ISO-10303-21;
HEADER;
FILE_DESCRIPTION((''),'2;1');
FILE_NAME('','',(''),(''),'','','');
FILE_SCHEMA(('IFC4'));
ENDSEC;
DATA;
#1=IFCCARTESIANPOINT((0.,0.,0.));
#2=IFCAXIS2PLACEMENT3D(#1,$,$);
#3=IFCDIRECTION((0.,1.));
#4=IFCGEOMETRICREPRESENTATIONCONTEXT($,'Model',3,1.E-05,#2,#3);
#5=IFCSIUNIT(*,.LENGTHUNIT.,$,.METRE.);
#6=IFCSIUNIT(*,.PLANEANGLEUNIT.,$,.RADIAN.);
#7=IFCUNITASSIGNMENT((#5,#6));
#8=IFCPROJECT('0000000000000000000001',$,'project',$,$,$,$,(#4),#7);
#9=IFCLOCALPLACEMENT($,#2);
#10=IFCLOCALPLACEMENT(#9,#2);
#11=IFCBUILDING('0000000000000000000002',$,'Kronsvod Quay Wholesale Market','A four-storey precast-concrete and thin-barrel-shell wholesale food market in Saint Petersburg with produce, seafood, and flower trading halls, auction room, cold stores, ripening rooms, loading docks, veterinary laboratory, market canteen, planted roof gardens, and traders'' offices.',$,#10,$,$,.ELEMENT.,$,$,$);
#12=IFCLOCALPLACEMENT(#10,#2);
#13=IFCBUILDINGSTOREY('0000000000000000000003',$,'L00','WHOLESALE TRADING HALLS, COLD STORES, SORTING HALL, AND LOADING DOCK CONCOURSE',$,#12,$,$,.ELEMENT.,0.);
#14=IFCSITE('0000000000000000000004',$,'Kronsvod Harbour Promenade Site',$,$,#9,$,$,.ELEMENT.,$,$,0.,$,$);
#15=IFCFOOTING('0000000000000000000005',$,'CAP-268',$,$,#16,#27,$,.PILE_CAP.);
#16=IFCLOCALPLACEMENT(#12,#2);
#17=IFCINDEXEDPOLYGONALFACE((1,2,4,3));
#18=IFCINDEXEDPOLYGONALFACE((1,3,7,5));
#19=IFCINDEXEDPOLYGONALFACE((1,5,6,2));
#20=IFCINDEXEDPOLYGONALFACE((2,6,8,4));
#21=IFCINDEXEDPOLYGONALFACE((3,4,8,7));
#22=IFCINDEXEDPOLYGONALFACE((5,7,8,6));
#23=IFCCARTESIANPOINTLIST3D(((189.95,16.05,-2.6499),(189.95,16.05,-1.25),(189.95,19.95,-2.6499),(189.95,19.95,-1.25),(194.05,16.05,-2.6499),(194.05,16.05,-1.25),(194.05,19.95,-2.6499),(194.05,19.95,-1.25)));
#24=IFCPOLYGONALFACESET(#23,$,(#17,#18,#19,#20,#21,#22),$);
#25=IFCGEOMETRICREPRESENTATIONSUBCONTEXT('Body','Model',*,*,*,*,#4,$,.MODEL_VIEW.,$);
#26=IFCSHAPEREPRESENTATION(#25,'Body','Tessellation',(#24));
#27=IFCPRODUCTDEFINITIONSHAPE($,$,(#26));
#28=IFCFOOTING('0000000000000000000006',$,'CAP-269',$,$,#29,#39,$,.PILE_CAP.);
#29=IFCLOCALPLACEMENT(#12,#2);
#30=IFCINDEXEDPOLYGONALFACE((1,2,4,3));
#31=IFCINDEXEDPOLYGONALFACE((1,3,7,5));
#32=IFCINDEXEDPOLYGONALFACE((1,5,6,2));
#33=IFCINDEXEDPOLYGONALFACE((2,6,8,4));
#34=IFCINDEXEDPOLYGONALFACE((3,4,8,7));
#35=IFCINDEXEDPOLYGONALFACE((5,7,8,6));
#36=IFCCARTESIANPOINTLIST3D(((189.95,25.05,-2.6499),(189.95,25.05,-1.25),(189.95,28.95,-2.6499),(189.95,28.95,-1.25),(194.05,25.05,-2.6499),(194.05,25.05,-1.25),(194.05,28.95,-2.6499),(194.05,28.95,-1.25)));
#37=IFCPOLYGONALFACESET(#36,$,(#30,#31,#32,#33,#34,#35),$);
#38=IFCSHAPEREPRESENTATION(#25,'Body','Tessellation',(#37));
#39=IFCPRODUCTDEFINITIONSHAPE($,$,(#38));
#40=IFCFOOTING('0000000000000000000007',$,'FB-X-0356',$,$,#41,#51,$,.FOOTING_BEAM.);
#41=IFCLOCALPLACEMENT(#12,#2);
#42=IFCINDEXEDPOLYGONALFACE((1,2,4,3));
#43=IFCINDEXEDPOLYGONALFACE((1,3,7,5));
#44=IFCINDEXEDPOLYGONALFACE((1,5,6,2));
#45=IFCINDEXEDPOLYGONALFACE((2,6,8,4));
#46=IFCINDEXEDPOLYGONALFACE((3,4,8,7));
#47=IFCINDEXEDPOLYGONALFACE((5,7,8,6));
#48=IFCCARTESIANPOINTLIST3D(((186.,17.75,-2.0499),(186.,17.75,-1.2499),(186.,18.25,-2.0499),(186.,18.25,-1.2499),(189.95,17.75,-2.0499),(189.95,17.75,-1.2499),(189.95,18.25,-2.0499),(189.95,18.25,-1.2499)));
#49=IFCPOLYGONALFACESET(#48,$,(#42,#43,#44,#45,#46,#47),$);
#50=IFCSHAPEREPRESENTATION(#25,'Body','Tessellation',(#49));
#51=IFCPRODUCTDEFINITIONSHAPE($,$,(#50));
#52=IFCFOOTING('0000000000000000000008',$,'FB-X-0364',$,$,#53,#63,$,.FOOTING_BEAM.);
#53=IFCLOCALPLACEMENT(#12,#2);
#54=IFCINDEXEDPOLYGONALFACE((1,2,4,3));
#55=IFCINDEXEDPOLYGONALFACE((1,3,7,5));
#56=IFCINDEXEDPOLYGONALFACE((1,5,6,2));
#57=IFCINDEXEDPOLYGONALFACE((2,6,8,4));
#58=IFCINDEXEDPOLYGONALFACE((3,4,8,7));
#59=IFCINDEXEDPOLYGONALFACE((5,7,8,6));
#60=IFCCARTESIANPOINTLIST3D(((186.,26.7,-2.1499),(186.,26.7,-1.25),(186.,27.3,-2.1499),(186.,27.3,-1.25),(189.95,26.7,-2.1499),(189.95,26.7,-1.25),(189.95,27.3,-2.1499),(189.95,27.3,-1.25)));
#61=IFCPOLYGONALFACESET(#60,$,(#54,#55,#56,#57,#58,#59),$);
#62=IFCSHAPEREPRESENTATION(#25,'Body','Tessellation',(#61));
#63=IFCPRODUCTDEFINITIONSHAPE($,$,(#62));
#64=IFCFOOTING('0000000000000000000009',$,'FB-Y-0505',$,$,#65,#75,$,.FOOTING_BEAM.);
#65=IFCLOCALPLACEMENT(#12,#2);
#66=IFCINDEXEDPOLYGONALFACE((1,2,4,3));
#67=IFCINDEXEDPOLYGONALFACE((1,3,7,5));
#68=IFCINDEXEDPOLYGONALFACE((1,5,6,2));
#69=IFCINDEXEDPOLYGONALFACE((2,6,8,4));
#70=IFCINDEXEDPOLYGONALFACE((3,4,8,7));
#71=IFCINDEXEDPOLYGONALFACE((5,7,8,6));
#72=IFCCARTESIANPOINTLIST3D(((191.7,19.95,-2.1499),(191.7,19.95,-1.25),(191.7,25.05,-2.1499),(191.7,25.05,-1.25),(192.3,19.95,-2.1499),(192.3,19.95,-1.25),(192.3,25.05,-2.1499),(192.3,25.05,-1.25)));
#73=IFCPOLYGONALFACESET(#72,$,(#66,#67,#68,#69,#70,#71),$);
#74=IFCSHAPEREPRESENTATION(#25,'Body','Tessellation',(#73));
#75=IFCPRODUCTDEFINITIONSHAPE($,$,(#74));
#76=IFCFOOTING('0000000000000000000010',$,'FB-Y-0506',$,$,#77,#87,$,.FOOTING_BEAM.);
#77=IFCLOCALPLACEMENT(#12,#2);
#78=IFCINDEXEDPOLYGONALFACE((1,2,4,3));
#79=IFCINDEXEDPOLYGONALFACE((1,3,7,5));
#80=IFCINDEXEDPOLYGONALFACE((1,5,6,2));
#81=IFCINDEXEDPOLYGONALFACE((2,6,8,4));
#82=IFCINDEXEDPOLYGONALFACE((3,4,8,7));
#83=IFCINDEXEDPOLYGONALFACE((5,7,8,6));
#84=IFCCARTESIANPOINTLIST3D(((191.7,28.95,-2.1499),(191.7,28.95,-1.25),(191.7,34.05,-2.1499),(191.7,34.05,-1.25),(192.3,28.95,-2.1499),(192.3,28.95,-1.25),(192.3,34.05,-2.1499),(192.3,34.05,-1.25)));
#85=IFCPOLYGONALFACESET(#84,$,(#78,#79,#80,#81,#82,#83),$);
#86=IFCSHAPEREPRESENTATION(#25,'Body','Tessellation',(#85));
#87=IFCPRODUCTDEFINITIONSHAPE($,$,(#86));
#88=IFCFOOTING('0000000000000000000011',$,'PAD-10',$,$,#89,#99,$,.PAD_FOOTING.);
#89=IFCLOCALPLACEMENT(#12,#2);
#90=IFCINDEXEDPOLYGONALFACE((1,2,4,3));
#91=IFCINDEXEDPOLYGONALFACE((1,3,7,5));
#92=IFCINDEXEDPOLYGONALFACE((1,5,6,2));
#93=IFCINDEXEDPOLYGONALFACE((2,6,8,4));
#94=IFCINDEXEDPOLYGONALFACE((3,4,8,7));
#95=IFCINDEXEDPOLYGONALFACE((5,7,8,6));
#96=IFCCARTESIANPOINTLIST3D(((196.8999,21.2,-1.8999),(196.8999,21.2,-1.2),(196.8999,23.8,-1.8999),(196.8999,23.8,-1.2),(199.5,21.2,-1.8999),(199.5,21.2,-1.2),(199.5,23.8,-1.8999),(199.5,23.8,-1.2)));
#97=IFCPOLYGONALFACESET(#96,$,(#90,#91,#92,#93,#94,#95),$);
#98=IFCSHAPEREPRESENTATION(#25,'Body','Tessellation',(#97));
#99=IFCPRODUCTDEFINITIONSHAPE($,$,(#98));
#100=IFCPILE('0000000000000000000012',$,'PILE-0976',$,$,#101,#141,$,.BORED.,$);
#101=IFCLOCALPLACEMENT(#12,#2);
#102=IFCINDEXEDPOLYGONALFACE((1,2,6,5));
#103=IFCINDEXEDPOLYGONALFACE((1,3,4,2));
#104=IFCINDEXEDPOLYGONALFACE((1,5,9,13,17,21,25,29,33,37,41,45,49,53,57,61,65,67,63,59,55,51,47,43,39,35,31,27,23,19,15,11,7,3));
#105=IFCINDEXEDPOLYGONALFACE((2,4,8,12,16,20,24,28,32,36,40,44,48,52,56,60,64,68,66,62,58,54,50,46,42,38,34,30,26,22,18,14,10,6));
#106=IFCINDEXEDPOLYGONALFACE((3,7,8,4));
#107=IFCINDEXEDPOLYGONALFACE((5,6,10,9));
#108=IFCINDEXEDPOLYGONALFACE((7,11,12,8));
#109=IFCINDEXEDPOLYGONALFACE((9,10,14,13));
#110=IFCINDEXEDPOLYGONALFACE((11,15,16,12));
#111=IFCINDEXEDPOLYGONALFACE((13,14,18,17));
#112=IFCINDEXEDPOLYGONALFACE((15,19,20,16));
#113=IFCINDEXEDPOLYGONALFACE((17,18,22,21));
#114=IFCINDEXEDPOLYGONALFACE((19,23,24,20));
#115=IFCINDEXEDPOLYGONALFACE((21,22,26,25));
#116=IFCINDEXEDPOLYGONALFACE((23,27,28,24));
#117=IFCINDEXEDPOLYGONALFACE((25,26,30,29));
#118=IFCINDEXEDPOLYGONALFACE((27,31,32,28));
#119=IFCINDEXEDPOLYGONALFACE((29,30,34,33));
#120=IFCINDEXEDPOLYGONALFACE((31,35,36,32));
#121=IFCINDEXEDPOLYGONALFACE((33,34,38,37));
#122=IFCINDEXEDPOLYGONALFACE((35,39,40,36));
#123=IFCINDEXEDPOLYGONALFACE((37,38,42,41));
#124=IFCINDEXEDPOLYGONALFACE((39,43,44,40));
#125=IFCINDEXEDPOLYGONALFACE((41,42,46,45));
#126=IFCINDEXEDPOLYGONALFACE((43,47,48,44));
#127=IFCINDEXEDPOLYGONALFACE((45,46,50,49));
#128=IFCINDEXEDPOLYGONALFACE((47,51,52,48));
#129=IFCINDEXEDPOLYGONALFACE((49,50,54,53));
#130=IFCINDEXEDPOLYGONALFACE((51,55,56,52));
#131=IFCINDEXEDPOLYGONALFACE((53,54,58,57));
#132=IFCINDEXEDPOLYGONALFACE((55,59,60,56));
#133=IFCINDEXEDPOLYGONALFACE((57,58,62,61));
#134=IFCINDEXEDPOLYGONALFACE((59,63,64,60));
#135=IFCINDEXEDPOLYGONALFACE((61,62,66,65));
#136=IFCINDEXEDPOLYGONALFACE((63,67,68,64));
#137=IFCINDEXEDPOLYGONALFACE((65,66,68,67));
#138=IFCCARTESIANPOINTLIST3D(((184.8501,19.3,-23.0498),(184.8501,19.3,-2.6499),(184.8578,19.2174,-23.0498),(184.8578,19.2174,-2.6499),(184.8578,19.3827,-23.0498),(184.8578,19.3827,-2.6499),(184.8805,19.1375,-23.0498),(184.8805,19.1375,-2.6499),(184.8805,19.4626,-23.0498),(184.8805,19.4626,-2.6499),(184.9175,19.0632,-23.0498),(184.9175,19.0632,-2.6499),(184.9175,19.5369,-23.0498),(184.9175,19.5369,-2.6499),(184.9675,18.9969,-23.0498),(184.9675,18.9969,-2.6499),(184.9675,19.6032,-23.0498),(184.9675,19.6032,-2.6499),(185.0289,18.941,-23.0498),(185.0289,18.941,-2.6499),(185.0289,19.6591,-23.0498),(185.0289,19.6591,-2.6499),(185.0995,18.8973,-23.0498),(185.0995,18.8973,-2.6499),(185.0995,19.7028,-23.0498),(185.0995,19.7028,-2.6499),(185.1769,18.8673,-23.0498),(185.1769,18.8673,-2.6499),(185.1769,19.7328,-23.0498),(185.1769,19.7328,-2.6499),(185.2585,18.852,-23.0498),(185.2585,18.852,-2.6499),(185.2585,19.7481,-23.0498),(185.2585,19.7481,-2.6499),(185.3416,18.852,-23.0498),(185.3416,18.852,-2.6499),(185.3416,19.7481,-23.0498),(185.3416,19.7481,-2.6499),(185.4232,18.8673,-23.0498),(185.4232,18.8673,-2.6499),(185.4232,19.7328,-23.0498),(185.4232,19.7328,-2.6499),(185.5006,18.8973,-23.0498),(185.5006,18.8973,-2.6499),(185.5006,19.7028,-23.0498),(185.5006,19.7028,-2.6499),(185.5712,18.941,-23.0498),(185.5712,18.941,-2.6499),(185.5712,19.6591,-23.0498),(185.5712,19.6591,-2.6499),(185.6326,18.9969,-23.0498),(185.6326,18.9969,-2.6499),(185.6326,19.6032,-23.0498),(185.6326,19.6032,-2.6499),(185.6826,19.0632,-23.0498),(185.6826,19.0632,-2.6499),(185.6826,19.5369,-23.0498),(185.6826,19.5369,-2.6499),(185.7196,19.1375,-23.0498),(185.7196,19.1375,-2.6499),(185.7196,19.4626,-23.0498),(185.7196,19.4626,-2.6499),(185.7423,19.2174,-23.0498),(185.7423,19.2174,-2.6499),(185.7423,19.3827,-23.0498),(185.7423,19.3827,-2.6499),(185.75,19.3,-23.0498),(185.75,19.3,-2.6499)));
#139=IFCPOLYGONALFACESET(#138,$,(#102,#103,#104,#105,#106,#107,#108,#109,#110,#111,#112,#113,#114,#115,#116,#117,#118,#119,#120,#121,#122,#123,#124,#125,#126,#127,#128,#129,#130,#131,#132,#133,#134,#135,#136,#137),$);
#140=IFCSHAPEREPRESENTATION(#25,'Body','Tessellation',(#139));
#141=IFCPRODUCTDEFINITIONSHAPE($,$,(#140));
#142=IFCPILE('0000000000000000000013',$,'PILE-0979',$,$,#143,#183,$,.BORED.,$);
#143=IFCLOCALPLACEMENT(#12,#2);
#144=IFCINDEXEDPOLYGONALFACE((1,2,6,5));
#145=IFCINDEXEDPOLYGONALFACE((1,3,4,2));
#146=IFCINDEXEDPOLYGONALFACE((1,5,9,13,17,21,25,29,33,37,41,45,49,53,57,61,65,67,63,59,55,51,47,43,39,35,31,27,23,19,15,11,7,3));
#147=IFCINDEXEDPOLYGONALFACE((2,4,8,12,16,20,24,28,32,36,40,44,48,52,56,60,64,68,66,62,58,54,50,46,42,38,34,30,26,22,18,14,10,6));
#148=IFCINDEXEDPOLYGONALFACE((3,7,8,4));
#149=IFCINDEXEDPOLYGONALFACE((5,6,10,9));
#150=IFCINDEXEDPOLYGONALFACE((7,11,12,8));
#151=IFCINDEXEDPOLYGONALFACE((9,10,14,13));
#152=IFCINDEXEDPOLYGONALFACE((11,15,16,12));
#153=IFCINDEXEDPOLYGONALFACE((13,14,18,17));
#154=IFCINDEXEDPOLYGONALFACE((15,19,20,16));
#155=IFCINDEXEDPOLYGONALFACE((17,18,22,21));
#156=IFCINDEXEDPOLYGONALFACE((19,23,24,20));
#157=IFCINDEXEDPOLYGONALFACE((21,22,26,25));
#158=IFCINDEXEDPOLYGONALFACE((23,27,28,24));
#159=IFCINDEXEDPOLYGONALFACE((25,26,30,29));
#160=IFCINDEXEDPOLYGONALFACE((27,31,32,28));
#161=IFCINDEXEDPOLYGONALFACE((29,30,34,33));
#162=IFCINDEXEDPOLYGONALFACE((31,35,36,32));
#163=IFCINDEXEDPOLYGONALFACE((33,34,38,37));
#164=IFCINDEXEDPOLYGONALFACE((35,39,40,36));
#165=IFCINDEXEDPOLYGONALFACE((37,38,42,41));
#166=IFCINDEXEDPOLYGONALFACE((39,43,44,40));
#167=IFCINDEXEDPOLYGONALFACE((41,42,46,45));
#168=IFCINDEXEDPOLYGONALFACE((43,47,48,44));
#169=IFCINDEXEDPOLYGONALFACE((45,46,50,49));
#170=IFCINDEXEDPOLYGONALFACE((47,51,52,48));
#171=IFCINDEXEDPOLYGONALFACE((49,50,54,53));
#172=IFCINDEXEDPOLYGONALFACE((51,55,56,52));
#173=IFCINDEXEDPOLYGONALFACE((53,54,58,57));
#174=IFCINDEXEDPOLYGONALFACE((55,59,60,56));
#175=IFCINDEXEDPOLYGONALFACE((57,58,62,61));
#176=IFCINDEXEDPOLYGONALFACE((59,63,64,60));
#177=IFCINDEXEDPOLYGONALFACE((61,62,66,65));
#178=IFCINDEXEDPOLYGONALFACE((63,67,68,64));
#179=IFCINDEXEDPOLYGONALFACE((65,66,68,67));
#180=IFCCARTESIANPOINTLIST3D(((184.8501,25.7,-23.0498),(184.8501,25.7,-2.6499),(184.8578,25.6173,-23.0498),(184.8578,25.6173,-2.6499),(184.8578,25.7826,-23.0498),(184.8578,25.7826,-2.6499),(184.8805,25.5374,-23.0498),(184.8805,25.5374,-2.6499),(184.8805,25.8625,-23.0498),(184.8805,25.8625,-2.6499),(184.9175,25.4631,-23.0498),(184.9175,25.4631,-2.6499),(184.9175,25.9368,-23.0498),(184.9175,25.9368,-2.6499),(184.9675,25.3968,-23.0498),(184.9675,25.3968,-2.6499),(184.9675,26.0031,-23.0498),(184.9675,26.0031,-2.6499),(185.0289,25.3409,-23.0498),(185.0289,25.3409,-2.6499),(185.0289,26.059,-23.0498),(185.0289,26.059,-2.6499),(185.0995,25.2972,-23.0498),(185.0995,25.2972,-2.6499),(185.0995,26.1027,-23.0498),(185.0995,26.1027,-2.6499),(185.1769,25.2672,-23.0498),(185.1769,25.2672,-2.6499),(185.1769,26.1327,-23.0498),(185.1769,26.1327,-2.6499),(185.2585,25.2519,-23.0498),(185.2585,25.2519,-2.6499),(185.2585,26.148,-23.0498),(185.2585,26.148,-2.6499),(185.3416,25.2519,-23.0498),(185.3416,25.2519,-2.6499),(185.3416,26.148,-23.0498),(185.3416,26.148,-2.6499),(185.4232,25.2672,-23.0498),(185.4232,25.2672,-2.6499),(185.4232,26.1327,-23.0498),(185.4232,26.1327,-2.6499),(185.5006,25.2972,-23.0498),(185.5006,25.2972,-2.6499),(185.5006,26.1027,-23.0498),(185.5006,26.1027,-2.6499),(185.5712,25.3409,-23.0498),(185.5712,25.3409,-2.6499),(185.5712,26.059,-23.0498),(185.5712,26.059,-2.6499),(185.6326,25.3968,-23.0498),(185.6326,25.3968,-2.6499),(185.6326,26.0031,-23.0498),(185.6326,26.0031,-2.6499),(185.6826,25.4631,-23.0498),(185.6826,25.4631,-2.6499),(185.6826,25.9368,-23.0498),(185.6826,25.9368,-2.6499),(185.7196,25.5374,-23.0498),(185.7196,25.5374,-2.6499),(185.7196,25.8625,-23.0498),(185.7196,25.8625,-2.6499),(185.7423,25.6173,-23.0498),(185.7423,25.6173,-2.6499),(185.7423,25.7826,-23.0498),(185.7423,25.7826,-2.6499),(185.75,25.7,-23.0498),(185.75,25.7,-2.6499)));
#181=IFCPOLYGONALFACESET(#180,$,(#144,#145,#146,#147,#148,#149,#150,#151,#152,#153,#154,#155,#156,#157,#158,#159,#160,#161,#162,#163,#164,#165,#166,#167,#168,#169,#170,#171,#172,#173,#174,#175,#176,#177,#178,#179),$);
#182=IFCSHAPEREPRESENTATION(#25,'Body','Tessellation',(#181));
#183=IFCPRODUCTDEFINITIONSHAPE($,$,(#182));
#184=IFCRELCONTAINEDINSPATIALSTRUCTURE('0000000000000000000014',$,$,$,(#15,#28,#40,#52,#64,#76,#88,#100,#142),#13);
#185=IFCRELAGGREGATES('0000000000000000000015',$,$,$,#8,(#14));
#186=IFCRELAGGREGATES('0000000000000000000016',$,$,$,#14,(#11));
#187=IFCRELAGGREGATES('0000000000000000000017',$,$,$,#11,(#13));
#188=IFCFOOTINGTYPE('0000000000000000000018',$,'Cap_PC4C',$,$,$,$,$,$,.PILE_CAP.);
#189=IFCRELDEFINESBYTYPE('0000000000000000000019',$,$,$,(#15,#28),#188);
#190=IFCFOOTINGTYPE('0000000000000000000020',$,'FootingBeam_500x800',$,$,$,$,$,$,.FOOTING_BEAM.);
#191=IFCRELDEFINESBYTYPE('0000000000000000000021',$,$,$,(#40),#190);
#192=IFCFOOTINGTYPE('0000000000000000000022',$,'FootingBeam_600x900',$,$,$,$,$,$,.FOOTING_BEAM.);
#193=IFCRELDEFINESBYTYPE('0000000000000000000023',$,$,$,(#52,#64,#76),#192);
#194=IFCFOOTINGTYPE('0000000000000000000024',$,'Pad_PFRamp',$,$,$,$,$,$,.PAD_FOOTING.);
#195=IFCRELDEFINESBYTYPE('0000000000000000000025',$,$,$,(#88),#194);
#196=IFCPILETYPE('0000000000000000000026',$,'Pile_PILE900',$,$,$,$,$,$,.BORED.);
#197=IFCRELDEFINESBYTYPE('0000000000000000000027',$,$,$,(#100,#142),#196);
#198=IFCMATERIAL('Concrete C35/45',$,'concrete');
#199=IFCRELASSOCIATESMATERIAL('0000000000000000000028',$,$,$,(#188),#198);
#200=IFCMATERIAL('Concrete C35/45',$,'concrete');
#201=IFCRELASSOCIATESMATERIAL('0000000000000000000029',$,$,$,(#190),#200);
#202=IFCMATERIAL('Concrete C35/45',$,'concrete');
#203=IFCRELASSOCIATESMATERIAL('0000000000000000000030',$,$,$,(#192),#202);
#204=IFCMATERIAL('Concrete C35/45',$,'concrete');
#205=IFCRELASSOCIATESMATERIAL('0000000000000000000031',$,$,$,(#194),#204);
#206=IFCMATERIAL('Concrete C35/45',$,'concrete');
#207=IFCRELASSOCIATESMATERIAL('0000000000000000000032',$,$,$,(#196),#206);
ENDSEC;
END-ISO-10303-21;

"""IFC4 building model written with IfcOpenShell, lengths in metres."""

from ifc_helpers import new_model, si_unit, direction, frame, origin, origin_2d, place, context, subcontext, project, spatial, rectangle, circle, extrude, material, material_profile, profile_set, type_object, element, save


model = new_model("IFC4")

# Units and contexts
model_context = context("Model", 3, precision=1e-05, world=origin(), true_north=direction((0.0, 1.0)))
body_context = subcontext(model_context, "Body", "Model", "MODEL_VIEW")
ifc_project = project(units=[si_unit("LENGTHUNIT", "METRE"), si_unit("PLANEANGLEUNIT", "RADIAN")], contexts=[model_context])

# Site, building, storey
site_placement = place(None, origin())
site = spatial("IfcSite", under=ifc_project, at=site_placement, Name="Kronsvod Harbour Promenade Site", CompositionType="ELEMENT", RefElevation=0.0)
building_placement = place(site_placement, origin())
building = spatial("IfcBuilding", under=site, at=building_placement, Name="Kronsvod Quay Wholesale Market", Description="A four-storey precast-concrete and thin-barrel-shell wholesale food market in Saint Petersburg with produce, seafood, and flower trading halls, auction room, cold stores, ripening rooms, loading docks, veterinary laboratory, market canteen, planted roof gardens, and traders' offices.", CompositionType="ELEMENT")
storey_placement = place(building_placement, origin())
storey = spatial("IfcBuildingStorey", under=building, at=storey_placement, Name="L00", Description="WHOLESALE TRADING HALLS, COLD STORES, SORTING HALL, AND LOADING DOCK CONCOURSE", CompositionType="ELEMENT", Elevation=0.0)

# Footings
ifc_material_1 = material(Name="Concrete C35/45", Category="concrete")
footing_type_1 = type_object("IfcFootingType", Name="Cap_PC4C", PredefinedType="PILE_CAP", material=ifc_material_1)
for number, where, z_axis, x_axis, name in (
    (1, (192.0, 18.0, -2.6499), (0.0, 0.0, 1.0), (1.0, 0.0, 0.0), "CAP-268"),
    (2, (192.0, 27.0, -2.6499), (0.0, 0.0, 1.0), (1.0, 0.0, 0.0), "CAP-269"),
):
    element("IfcFooting", number, at=place(storey_placement, frame(where, z_axis=z_axis, x_axis=x_axis)), inside=storey, type_object=footing_type_1, Name=name, PredefinedType="PILE_CAP", context=body_context, shape_type="SweptSolid", body=[
        extrude(rectangle(XDim=4.1001, YDim=3.8999, at=origin_2d()), origin(), (0.0, 0.0, 1.0), 1.3999),
    ])
ifc_material_2 = material(Name="Concrete C35/45", Category="concrete")
ifc_material_profile_1 = material_profile(ifc_material_2, rectangle(XDim=0.5, YDim=0.8, at=origin_2d()), Name="FB-01")
ifc_profile_set_1 = profile_set([ifc_material_profile_1], Name="Concrete C35/45")
footing_type_2 = type_object("IfcFootingType", Name="FootingBeam_500x800", PredefinedType="FOOTING_BEAM", material=ifc_profile_set_1)
footing_1_placement = place(storey_placement, frame((186.0, 18.0, -1.6499), z_axis=(1.0, 0.0, 0.0), x_axis=(0.0, 1.0, 0.0)))
element("IfcFooting", 3, at=footing_1_placement, inside=storey, type_object=footing_type_2, Name="FB-X-0356", PredefinedType="FOOTING_BEAM", context=body_context, shape_type="SweptSolid", body=[
    extrude(rectangle(XDim=0.5, YDim=0.8, at=origin_2d()), origin(), (0.0, 0.0, 1.0), 3.95),
])
ifc_material_3 = material(Name="Concrete C35/45", Category="concrete")
ifc_material_profile_2 = material_profile(ifc_material_3, rectangle(XDim=0.6001, YDim=0.8999, at=origin_2d()), Name="FB-02")
ifc_profile_set_2 = profile_set([ifc_material_profile_2], Name="Concrete C35/45")
footing_type_3 = type_object("IfcFootingType", Name="FootingBeam_600x900", PredefinedType="FOOTING_BEAM", material=ifc_profile_set_2)
footing_2_placement = place(storey_placement, frame((186.0, 27.0, -1.7), z_axis=(1.0, 0.0, 0.0), x_axis=(0.0, 1.0, 0.0)))
element("IfcFooting", 4, at=footing_2_placement, inside=storey, type_object=footing_type_3, Name="FB-X-0364", PredefinedType="FOOTING_BEAM", context=body_context, shape_type="SweptSolid", body=[
    extrude(rectangle(XDim=0.6001, YDim=0.8999, at=origin_2d()), origin(), (0.0, 0.0, 1.0), 3.95),
])
for number, where, z_axis, x_axis, name in (
    (5, (192.0, 19.95, -1.7), (0.0, 1.0, 0.0), (-1.0, 0.0, 0.0), "FB-Y-0505"),
    (6, (192.0, 28.95, -1.7), (0.0, 1.0, 0.0), (-1.0, 0.0, 0.0), "FB-Y-0506"),
):
    element("IfcFooting", number, at=place(storey_placement, frame(where, z_axis=z_axis, x_axis=x_axis)), inside=storey, type_object=footing_type_3, Name=name, PredefinedType="FOOTING_BEAM", context=body_context, shape_type="SweptSolid", body=[
        extrude(rectangle(XDim=0.6001, YDim=0.8999, at=origin_2d()), origin(), (0.0, 0.0, 1.0), 5.1001),
    ])
ifc_material_4 = material(Name="Concrete C35/45", Category="concrete")
footing_type_4 = type_object("IfcFootingType", Name="Pad_PFRamp", PredefinedType="PAD_FOOTING", material=ifc_material_4)
footing_3_placement = place(storey_placement, frame((198.2, 22.5, -1.8999), z_axis=(0.0, 0.0, 1.0), x_axis=(1.0, 0.0, 0.0)))
element("IfcFooting", 7, at=footing_3_placement, inside=storey, type_object=footing_type_4, Name="PAD-10", PredefinedType="PAD_FOOTING", context=body_context, shape_type="SweptSolid", body=[
    extrude(rectangle(XDim=2.6001, YDim=2.6001, at=origin_2d()), origin(), (0.0, 0.0, 1.0), 0.7),
])

# Piles
ifc_material_5 = material(Name="Concrete C35/45", Category="concrete")
ifc_material_profile_3 = material_profile(ifc_material_5, circle(Radius=0.45, at=origin_2d()), Name="PILE900")
ifc_profile_set_3 = profile_set([ifc_material_profile_3], Name="Concrete C35/45")
pile_type = type_object("IfcPileType", Name="Pile_PILE900", PredefinedType="BORED", material=ifc_profile_set_3)
for number, where, z_axis, x_axis, name in (
    (8, (185.3, 19.3, -2.6499), (0.0, 0.0, -1.0), (1.0, 0.0, 0.0), "PILE-0976"),
    (9, (185.3, 25.7, -2.6499), (0.0, 0.0, -1.0), (1.0, 0.0, 0.0), "PILE-0979"),
):
    element("IfcPile", number, at=place(storey_placement, frame(where, z_axis=z_axis, x_axis=x_axis)), inside=storey, type_object=pile_type, Name=name, PredefinedType="BORED", context=body_context, shape_type="SweptSolid", body=[
        extrude(circle(Radius=0.45, at=origin_2d()), origin(), (0.0, 0.0, 1.0), 20.3999),
    ])

save(model, "model.ifc")
